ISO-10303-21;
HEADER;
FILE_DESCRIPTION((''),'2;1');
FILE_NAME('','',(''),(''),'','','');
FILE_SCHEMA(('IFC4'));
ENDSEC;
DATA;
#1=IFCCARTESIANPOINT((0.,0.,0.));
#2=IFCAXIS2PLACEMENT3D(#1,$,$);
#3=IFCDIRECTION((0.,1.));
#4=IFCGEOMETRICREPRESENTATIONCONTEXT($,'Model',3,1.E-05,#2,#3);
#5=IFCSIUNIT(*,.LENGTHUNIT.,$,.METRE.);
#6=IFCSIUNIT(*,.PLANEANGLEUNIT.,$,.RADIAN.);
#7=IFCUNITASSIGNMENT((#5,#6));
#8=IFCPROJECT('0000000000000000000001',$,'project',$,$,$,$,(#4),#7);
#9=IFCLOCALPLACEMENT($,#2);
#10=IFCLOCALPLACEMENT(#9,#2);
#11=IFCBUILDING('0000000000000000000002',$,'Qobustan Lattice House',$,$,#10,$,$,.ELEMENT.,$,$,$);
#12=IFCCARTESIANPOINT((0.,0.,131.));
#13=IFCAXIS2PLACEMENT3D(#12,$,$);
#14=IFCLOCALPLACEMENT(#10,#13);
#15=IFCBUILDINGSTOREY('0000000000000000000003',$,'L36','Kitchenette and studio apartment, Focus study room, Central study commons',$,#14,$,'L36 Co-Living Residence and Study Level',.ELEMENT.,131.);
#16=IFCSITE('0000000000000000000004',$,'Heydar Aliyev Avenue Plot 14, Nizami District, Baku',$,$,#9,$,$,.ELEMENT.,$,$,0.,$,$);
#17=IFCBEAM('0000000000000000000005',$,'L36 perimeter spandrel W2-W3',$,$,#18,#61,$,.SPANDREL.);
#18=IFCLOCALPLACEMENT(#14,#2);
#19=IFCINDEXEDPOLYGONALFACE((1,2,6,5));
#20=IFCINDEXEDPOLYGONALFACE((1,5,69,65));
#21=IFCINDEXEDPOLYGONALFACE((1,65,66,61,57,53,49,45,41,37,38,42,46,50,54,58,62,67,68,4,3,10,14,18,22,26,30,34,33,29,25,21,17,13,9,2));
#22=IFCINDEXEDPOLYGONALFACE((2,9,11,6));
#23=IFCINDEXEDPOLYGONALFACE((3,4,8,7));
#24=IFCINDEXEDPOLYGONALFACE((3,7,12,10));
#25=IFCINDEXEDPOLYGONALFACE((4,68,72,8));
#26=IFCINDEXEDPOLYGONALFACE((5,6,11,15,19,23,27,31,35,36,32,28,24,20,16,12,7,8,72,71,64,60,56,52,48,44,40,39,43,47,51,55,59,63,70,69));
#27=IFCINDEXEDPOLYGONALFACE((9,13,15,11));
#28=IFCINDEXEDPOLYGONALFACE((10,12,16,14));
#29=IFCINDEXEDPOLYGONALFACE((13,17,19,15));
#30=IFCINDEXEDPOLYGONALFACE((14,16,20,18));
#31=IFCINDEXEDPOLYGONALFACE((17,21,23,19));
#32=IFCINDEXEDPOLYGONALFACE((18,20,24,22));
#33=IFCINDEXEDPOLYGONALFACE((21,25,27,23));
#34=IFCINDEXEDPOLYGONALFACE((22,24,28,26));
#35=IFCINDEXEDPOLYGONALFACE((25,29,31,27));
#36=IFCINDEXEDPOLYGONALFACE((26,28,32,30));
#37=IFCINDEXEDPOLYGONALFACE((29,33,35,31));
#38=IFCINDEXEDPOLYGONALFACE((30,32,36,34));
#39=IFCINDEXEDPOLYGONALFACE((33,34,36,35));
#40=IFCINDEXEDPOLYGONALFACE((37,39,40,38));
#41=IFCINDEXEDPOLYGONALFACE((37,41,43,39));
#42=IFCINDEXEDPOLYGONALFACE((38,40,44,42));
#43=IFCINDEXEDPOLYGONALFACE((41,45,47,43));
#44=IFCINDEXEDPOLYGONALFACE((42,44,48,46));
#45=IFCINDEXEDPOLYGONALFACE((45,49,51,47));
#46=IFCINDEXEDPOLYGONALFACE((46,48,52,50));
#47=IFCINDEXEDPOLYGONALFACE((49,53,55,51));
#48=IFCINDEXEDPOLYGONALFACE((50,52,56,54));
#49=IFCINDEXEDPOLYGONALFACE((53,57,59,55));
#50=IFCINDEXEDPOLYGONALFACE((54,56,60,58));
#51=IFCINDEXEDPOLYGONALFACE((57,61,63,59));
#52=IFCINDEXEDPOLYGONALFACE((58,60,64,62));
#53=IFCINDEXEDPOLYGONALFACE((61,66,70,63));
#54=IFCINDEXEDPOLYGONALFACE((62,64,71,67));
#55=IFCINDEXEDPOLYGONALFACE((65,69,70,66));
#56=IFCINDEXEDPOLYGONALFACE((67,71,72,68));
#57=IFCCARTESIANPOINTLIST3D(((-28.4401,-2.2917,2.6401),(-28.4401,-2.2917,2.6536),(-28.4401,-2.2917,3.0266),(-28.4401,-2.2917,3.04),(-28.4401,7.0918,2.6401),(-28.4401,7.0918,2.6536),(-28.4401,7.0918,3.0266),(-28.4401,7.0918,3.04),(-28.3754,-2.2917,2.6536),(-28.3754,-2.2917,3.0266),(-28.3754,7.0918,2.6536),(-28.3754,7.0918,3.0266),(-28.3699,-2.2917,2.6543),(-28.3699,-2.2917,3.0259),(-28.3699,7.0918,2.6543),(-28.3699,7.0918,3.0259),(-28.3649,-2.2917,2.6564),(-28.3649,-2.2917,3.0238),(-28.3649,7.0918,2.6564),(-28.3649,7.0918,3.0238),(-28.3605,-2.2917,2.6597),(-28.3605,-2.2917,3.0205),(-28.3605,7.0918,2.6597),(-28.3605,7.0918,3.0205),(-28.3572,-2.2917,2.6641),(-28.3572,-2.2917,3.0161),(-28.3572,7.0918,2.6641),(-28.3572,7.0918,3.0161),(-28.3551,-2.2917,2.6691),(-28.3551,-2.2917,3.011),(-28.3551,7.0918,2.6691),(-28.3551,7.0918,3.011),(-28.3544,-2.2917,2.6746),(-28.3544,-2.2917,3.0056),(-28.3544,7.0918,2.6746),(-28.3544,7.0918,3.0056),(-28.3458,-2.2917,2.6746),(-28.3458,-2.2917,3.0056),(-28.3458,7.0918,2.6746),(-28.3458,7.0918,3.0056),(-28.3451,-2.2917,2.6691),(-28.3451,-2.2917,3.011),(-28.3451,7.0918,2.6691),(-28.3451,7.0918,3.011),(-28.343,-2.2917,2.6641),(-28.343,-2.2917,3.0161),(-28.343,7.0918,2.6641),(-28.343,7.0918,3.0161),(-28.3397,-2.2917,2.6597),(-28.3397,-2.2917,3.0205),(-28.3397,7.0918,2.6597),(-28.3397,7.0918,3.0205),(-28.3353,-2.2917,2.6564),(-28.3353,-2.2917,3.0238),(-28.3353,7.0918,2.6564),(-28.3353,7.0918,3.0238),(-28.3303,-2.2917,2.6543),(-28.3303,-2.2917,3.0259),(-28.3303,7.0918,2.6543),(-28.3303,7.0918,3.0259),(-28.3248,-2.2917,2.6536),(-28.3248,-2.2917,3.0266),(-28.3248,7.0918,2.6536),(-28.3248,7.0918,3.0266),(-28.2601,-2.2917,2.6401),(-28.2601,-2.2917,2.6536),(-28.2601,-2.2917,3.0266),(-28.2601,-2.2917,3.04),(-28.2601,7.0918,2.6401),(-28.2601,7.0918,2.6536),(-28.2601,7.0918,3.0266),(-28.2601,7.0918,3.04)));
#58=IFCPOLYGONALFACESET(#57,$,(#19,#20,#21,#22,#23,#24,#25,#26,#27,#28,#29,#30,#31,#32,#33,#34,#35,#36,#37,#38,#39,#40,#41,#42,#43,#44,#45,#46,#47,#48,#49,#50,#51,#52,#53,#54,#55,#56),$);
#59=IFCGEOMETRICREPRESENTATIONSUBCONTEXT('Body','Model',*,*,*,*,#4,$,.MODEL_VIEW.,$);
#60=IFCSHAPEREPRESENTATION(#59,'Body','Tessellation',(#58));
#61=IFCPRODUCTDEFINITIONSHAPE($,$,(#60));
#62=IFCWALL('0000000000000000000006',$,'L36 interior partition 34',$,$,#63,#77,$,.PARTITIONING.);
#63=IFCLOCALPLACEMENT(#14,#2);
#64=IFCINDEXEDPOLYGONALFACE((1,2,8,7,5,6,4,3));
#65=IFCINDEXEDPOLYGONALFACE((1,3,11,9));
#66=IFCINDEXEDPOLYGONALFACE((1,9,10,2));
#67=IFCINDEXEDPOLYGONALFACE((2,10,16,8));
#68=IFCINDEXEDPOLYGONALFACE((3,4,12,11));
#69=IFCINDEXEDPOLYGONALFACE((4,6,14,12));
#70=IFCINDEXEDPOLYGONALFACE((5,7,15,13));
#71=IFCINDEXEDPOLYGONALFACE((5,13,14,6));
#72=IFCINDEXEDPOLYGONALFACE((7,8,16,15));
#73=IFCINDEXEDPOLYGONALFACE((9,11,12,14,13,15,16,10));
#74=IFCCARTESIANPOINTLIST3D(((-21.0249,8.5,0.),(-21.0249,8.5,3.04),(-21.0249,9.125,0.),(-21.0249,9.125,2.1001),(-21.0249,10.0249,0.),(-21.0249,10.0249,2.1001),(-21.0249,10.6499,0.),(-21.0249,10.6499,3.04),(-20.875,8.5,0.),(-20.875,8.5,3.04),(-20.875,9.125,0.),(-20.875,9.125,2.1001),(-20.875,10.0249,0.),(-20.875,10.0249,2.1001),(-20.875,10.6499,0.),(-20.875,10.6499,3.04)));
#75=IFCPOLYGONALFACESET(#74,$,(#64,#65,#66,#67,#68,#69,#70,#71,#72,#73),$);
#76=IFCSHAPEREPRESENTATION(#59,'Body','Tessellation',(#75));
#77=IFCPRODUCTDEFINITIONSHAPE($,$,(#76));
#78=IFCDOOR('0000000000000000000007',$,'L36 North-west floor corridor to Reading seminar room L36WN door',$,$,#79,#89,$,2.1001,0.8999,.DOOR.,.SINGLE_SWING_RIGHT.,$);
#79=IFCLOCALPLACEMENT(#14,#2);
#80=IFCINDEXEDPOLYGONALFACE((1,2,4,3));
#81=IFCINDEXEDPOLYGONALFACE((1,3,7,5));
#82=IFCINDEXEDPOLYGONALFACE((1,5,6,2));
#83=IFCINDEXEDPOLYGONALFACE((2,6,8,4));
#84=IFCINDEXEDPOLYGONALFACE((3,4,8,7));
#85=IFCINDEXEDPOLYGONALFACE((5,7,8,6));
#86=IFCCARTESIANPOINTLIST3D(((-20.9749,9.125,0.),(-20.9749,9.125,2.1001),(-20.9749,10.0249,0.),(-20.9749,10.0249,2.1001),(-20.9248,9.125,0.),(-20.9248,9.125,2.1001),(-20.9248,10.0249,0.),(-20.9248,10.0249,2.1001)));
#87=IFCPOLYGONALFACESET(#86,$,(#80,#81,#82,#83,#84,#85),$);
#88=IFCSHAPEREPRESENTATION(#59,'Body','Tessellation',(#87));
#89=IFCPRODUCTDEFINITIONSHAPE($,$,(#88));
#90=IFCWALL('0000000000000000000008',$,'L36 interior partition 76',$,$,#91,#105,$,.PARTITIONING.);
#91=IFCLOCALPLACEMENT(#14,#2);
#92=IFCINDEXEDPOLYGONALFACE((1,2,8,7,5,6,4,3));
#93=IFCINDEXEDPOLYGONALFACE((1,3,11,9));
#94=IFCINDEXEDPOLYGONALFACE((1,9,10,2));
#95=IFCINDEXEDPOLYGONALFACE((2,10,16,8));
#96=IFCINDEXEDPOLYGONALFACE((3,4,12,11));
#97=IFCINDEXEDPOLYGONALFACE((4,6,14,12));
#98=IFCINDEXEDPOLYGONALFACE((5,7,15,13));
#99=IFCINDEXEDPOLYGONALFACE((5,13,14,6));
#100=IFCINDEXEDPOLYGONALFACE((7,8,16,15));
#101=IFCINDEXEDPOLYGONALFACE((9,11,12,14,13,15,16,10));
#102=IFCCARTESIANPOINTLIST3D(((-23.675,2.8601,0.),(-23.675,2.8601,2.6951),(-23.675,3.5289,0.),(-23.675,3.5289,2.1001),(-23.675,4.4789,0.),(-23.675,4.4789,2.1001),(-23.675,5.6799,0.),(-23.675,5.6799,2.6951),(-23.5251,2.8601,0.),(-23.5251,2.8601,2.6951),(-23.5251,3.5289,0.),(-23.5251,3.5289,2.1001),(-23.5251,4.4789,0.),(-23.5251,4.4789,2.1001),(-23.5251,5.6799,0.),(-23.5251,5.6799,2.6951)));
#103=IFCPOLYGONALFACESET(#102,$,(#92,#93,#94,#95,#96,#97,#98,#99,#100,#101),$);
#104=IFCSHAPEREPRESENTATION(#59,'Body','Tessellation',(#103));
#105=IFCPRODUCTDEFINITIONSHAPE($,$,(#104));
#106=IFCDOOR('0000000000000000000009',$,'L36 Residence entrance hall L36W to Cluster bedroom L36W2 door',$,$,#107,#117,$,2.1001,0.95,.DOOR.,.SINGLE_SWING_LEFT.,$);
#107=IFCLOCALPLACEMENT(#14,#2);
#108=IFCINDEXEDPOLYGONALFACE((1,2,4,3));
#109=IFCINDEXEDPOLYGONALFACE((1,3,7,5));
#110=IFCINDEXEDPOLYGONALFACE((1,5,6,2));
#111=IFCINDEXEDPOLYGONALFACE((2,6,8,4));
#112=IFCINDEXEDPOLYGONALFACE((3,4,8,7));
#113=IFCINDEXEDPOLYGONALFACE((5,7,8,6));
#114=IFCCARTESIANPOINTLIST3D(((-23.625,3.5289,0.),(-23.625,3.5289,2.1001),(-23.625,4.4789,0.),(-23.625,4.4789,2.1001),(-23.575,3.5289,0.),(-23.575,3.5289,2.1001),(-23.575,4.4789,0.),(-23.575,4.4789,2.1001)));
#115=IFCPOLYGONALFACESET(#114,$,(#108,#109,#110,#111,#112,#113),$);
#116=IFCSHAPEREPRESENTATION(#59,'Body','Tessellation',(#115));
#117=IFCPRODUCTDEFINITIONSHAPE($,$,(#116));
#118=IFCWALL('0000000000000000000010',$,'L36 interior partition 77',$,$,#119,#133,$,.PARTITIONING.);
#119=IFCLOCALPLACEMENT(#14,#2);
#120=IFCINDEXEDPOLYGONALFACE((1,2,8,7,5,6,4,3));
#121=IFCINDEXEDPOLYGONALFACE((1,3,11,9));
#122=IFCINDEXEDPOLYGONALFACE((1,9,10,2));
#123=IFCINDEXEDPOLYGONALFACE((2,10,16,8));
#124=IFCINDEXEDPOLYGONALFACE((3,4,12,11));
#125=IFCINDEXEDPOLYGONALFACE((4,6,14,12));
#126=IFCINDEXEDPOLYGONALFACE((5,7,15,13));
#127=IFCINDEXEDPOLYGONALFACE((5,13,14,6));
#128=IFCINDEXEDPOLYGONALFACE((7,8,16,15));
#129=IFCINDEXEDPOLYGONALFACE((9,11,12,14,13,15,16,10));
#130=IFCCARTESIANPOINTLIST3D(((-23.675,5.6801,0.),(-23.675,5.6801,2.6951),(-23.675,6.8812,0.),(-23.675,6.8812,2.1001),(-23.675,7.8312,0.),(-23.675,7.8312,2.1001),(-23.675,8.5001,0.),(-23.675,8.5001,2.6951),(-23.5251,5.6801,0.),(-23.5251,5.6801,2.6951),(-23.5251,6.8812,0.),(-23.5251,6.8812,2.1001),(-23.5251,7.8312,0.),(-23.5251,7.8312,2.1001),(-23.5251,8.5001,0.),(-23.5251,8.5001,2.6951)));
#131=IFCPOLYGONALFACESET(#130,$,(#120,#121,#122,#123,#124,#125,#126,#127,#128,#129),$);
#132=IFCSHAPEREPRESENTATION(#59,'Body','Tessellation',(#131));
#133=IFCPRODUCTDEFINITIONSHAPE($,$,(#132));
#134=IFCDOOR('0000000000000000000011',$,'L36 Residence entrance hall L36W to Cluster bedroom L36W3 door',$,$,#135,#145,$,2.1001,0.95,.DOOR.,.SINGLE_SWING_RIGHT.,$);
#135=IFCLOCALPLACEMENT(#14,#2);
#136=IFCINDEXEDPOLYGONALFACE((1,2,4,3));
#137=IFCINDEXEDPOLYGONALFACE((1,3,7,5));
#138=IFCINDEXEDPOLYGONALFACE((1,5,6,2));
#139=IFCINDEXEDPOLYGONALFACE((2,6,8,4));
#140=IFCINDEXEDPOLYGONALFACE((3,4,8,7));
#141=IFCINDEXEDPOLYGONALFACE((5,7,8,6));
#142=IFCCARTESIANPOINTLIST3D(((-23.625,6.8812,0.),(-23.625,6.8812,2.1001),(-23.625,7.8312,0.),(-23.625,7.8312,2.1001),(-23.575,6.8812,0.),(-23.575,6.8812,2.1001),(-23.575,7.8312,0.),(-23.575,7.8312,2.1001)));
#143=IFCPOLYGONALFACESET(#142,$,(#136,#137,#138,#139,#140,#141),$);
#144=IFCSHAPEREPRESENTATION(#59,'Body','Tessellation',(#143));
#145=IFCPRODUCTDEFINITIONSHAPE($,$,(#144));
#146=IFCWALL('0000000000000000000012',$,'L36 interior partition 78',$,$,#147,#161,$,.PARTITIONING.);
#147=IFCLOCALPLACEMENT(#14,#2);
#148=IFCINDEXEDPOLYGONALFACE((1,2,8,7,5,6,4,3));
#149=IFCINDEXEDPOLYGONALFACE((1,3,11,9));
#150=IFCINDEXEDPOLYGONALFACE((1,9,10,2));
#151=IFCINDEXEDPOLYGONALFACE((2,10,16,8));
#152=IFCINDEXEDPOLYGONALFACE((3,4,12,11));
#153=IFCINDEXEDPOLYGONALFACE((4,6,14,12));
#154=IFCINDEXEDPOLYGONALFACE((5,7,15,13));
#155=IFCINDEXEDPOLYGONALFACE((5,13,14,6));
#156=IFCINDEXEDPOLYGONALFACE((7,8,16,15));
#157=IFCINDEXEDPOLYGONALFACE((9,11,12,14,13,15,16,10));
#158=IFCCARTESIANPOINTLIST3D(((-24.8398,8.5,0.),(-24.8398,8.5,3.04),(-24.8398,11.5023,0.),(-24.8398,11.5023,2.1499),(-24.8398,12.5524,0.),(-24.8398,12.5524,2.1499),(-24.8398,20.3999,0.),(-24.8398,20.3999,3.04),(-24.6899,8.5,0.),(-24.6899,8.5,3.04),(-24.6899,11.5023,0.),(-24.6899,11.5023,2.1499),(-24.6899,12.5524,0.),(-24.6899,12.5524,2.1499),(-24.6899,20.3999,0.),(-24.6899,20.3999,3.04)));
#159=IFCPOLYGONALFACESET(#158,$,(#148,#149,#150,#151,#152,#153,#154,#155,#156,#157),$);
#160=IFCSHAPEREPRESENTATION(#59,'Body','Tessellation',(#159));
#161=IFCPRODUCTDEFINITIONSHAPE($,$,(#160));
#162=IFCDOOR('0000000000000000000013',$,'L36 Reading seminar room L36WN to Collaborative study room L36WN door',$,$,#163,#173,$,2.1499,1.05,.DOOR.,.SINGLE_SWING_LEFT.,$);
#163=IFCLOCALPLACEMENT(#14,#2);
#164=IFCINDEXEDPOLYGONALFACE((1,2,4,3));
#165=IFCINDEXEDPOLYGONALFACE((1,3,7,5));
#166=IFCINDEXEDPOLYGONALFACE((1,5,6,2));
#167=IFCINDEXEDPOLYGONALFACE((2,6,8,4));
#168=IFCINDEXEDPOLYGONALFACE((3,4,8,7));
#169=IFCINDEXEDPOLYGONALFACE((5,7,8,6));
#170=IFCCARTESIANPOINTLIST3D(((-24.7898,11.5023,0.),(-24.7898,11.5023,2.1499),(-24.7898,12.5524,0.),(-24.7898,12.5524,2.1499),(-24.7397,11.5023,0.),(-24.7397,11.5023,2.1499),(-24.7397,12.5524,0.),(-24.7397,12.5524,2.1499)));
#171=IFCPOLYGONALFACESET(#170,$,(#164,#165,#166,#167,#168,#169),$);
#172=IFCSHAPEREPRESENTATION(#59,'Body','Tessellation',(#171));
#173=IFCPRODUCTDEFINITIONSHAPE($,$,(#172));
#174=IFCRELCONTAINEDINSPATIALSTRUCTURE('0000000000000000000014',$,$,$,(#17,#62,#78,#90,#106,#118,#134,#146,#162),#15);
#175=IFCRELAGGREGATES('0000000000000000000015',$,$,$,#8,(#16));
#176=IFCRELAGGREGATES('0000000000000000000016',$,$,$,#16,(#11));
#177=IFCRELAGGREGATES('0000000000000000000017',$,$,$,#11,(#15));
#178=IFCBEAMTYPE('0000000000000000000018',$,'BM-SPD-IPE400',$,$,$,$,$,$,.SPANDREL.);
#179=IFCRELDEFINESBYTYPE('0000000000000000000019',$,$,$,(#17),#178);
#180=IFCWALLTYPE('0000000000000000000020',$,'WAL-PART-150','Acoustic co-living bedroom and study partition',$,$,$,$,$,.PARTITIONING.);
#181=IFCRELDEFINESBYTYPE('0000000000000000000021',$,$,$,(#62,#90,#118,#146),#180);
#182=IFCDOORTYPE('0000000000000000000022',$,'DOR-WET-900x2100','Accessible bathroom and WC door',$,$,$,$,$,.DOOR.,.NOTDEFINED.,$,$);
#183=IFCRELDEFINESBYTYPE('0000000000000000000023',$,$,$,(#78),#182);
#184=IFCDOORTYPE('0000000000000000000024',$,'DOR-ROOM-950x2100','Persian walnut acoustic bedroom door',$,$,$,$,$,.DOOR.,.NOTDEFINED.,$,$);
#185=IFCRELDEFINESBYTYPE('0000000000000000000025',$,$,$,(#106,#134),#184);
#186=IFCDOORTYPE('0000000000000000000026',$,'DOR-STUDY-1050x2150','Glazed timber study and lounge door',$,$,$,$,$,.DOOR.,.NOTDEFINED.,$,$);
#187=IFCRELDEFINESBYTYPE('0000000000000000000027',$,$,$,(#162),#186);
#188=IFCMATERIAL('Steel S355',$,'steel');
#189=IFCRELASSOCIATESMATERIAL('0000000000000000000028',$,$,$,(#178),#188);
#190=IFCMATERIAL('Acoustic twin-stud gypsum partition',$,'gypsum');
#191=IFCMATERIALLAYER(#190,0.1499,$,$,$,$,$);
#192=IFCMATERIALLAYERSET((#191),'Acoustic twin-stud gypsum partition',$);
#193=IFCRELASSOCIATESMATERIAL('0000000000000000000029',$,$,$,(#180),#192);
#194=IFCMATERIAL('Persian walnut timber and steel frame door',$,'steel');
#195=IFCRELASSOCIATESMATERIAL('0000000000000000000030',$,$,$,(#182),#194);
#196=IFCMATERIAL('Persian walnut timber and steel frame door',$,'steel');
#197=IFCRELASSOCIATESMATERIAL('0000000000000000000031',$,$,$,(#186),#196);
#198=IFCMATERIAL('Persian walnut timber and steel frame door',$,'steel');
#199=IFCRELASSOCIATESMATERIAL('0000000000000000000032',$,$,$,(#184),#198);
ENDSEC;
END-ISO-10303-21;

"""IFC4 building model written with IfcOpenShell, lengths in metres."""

from ifc_helpers import new_model, si_unit, direction, frame, frame_2d, origin, origin_2d, place, context, subcontext, project, spatial, rectangle, i_section, extrude, material, layer, layer_set, material_profile, profile_set, type_object, element, fill, save


model = new_model("IFC4")

# Units and contexts
model_context = context("Model", 3, precision=1e-05, world=origin(), true_north=direction((0.0, 1.0)))
body_context = subcontext(model_context, "Body", "Model", "MODEL_VIEW")
ifc_project = project(units=[si_unit("LENGTHUNIT", "METRE"), si_unit("PLANEANGLEUNIT", "RADIAN")], contexts=[model_context])

# Site, building, storey
site_placement = place(None, origin())
site = spatial("IfcSite", under=ifc_project, at=site_placement, Name="Heydar Aliyev Avenue Plot 14, Nizami District, Baku", CompositionType="ELEMENT", RefElevation=0.0)
building_placement = place(site_placement, origin())
building = spatial("IfcBuilding", under=site, at=building_placement, Name="Qobustan Lattice House", CompositionType="ELEMENT")
storey_placement = place(building_placement, frame((0.0, 0.0, 131.0)))
storey = spatial("IfcBuildingStorey", under=building, at=storey_placement, Name="L36", Description="Kitchenette and studio apartment, Focus study room, Central study commons", LongName="L36 Co-Living Residence and Study Level", CompositionType="ELEMENT", Elevation=131.0)

# Beam
ifc_material_1 = material(Name="Steel S355", Category="steel")
ifc_material_profile_1 = material_profile(ifc_material_1, i_section(OverallWidth=0.1799, OverallDepth=0.3999, WebThickness=0.0085, FlangeThickness=0.0134, FilletRadius=0.021, at=origin_2d()), Name="IPE400")
ifc_profile_set_1 = profile_set([ifc_material_profile_1], Name="Steel S355")
beam_type_1 = type_object("IfcBeamType", Name="BM-SPD-IPE400", PredefinedType="SPANDREL", material=ifc_profile_set_1)
beam_1_placement = place(storey_placement, frame((-28.3501, 7.0918, 2.8401), z_axis=(0.0, -1.0, 0.0), x_axis=(1.0, 0.0, 0.0)))
element("IfcBeam", 1, at=beam_1_placement, inside=storey, type_object=beam_type_1, Name="L36 perimeter spandrel W2-W3", PredefinedType="SPANDREL", context=body_context, shape_type="SweptSolid", body=[
    extrude(i_section(OverallWidth=0.1799, OverallDepth=0.3999, WebThickness=0.0085, FlangeThickness=0.0134, FilletRadius=0.021, at=origin_2d()), origin(), (0.0, 0.0, 1.0), 9.3835),
])

# Walls, openings, doors
ifc_material_2 = material(Name="Acoustic twin-stud gypsum partition", Category="gypsum")
ifc_layer_1 = layer(ifc_material_2, 0.1499)
ifc_layer_set_1 = layer_set([ifc_layer_1], Name="Acoustic twin-stud gypsum partition")
wall_type_1 = type_object("IfcWallType", Name="WAL-PART-150", Description="Acoustic co-living bedroom and study partition", PredefinedType="PARTITIONING", material=ifc_layer_set_1)
wall_1_placement = place(storey_placement, frame((-20.95, 8.5, 0.0), z_axis=(0.0, 0.0, 1.0), x_axis=(0.0, 1.0, 0.0)))
wall_1 = element("IfcWall", 2, at=wall_1_placement, inside=storey, type_object=wall_type_1, Name="L36 interior partition 34", PredefinedType="PARTITIONING", context=body_context, shape_type="SweptSolid", body=[
    extrude(rectangle(XDim=2.1499, YDim=0.1499, at=frame_2d((1.075, 0.0))), origin(), (0.0, 0.0, 1.0), 3.04),
])
opening_1_placement = place(wall_1_placement, frame((0.625, 0.0, 0.0)))
opening_1 = element("IfcOpeningElement", 3, at=opening_1_placement, cuts=wall_1, PredefinedType="OPENING", context=body_context, shape_type="SweptSolid", body=[
    extrude(rectangle(XDim=0.8999, YDim=2.1001, at=frame_2d((0.45, 1.05))), frame((0.0, 0.085, 0.0), z_axis=(0.0, -1.0, 0.0), x_axis=(1.0, 0.0, 0.0)), (0.0, 0.0, 1.0), 0.1699),
])
ifc_material_3 = material(Name="Persian walnut timber and steel frame door", Category="steel")
door_type_1 = type_object("IfcDoorType", Name="DOR-WET-900x2100", Description="Accessible bathroom and WC door", OperationType="NOTDEFINED", PredefinedType="DOOR", material=ifc_material_3)
door_1_placement = place(opening_1_placement, origin())
door_1 = element("IfcDoor", 4, at=door_1_placement, inside=storey, type_object=door_type_1, Name="L36 North-west floor corridor to Reading seminar room L36WN door", OperationType="SINGLE_SWING_RIGHT", OverallHeight=2.1001, OverallWidth=0.8999, PredefinedType="DOOR", context=body_context, shape_type="SweptSolid", body=[
    extrude(rectangle(XDim=0.8999, YDim=2.1001, at=frame_2d((0.45, 1.05))), frame((0.0, 0.0249, 0.0), z_axis=(0.0, -1.0, 0.0), x_axis=(1.0, 0.0, 0.0)), (0.0, 0.0, 1.0), 0.05),
])
fill(opening_1, door_1)
ifc_material_4 = material(Name="Persian walnut timber and steel frame door", Category="steel")
door_type_2 = type_object("IfcDoorType", Name="DOR-STUDY-1050x2150", Description="Glazed timber study and lounge door", OperationType="NOTDEFINED", PredefinedType="DOOR", material=ifc_material_4)
wall_2_placement = place(storey_placement, frame((-23.6001, 2.8601, 0.0), z_axis=(0.0, 0.0, 1.0), x_axis=(0.0, 1.0, 0.0)))
wall_2 = element("IfcWall", 5, at=wall_2_placement, inside=storey, type_object=wall_type_1, Name="L36 interior partition 76", PredefinedType="PARTITIONING", context=body_context, shape_type="SweptSolid", body=[
    extrude(rectangle(XDim=2.8198, YDim=0.1499, at=frame_2d((1.4099, 0.0))), origin(), (0.0, 0.0, 1.0), 2.6951),
])
opening_2_placement = place(wall_2_placement, frame((0.6687, 0.0, 0.0)))
opening_2 = element("IfcOpeningElement", 6, at=opening_2_placement, cuts=wall_2, PredefinedType="OPENING", context=body_context, shape_type="SweptSolid", body=[
    extrude(rectangle(XDim=0.95, YDim=2.1001, at=frame_2d((0.4751, 1.05))), frame((0.0, 0.085, 0.0), z_axis=(0.0, -1.0, 0.0), x_axis=(1.0, 0.0, 0.0)), (0.0, 0.0, 1.0), 0.1699),
])
ifc_material_5 = material(Name="Persian walnut timber and steel frame door", Category="steel")
door_type_3 = type_object("IfcDoorType", Name="DOR-ROOM-950x2100", Description="Persian walnut acoustic bedroom door", OperationType="NOTDEFINED", PredefinedType="DOOR", material=ifc_material_5)
door_2_placement = place(opening_2_placement, origin())
door_2 = element("IfcDoor", 7, at=door_2_placement, inside=storey, type_object=door_type_3, Name="L36 Residence entrance hall L36W to Cluster bedroom L36W2 door", OperationType="SINGLE_SWING_LEFT", OverallHeight=2.1001, OverallWidth=0.95, PredefinedType="DOOR", context=body_context, shape_type="SweptSolid", body=[
    extrude(rectangle(XDim=0.95, YDim=2.1001, at=frame_2d((0.4751, 1.05))), frame((0.0, 0.0249, 0.0), z_axis=(0.0, -1.0, 0.0), x_axis=(1.0, 0.0, 0.0)), (0.0, 0.0, 1.0), 0.05),
])
fill(opening_2, door_2)
wall_3_placement = place(storey_placement, frame((-23.6001, 5.6799, 0.0), z_axis=(0.0, 0.0, 1.0), x_axis=(0.0, 1.0, 0.0)))
wall_3 = element("IfcWall", 8, at=wall_3_placement, inside=storey, type_object=wall_type_1, Name="L36 interior partition 77", PredefinedType="PARTITIONING", context=body_context, shape_type="SweptSolid", body=[
    extrude(rectangle(XDim=2.8201, YDim=0.1499, at=frame_2d((1.4102, 0.0))), origin(), (0.0, 0.0, 1.0), 2.6951),
])
opening_3_placement = place(wall_3_placement, frame((1.2012, 0.0, 0.0)))
opening_3 = element("IfcOpeningElement", 9, at=opening_3_placement, cuts=wall_3, PredefinedType="OPENING", context=body_context, shape_type="SweptSolid", body=[
    extrude(rectangle(XDim=0.95, YDim=2.1001, at=frame_2d((0.4751, 1.05))), frame((0.0, 0.085, 0.0), z_axis=(0.0, -1.0, 0.0), x_axis=(1.0, 0.0, 0.0)), (0.0, 0.0, 1.0), 0.1699),
])
door_3_placement = place(opening_3_placement, origin())
door_3 = element("IfcDoor", 10, at=door_3_placement, inside=storey, type_object=door_type_3, Name="L36 Residence entrance hall L36W to Cluster bedroom L36W3 door", OperationType="SINGLE_SWING_RIGHT", OverallHeight=2.1001, OverallWidth=0.95, PredefinedType="DOOR", context=body_context, shape_type="SweptSolid", body=[
    extrude(rectangle(XDim=0.95, YDim=2.1001, at=frame_2d((0.4751, 1.05))), frame((0.0, 0.0249, 0.0), z_axis=(0.0, -1.0, 0.0), x_axis=(1.0, 0.0, 0.0)), (0.0, 0.0, 1.0), 0.05),
])
fill(opening_3, door_3)
wall_4_placement = place(storey_placement, frame((-24.7649, 8.5, 0.0), z_axis=(0.0, 0.0, 1.0), x_axis=(0.0, 1.0, 0.0)))
wall_4 = element("IfcWall", 11, at=wall_4_placement, inside=storey, type_object=wall_type_1, Name="L36 interior partition 78", PredefinedType="PARTITIONING", context=body_context, shape_type="SweptSolid", body=[
    extrude(rectangle(XDim=11.8999, YDim=0.1499, at=frame_2d((5.95, 0.0))), origin(), (0.0, 0.0, 1.0), 3.04),
])
opening_4_placement = place(wall_4_placement, frame((3.0024, 0.0, 0.0)))
opening_4 = element("IfcOpeningElement", 12, at=opening_4_placement, cuts=wall_4, PredefinedType="OPENING", context=body_context, shape_type="SweptSolid", body=[
    extrude(rectangle(XDim=1.05, YDim=2.1499, at=frame_2d((0.5249, 1.075))), frame((0.0, 0.085, 0.0), z_axis=(0.0, -1.0, 0.0), x_axis=(1.0, 0.0, 0.0)), (0.0, 0.0, 1.0), 0.1699),
])
door_4_placement = place(opening_4_placement, origin())
door_4 = element("IfcDoor", 13, at=door_4_placement, inside=storey, type_object=door_type_2, Name="L36 Reading seminar room L36WN to Collaborative study room L36WN door", OperationType="SINGLE_SWING_LEFT", OverallHeight=2.1499, OverallWidth=1.05, PredefinedType="DOOR", context=body_context, shape_type="SweptSolid", body=[
    extrude(rectangle(XDim=1.05, YDim=2.1499, at=frame_2d((0.5249, 1.075))), frame((0.0, 0.0249, 0.0), z_axis=(0.0, -1.0, 0.0), x_axis=(1.0, 0.0, 0.0)), (0.0, 0.0, 1.0), 0.05),
])
fill(opening_4, door_4)

save(model, "model.ifc")
